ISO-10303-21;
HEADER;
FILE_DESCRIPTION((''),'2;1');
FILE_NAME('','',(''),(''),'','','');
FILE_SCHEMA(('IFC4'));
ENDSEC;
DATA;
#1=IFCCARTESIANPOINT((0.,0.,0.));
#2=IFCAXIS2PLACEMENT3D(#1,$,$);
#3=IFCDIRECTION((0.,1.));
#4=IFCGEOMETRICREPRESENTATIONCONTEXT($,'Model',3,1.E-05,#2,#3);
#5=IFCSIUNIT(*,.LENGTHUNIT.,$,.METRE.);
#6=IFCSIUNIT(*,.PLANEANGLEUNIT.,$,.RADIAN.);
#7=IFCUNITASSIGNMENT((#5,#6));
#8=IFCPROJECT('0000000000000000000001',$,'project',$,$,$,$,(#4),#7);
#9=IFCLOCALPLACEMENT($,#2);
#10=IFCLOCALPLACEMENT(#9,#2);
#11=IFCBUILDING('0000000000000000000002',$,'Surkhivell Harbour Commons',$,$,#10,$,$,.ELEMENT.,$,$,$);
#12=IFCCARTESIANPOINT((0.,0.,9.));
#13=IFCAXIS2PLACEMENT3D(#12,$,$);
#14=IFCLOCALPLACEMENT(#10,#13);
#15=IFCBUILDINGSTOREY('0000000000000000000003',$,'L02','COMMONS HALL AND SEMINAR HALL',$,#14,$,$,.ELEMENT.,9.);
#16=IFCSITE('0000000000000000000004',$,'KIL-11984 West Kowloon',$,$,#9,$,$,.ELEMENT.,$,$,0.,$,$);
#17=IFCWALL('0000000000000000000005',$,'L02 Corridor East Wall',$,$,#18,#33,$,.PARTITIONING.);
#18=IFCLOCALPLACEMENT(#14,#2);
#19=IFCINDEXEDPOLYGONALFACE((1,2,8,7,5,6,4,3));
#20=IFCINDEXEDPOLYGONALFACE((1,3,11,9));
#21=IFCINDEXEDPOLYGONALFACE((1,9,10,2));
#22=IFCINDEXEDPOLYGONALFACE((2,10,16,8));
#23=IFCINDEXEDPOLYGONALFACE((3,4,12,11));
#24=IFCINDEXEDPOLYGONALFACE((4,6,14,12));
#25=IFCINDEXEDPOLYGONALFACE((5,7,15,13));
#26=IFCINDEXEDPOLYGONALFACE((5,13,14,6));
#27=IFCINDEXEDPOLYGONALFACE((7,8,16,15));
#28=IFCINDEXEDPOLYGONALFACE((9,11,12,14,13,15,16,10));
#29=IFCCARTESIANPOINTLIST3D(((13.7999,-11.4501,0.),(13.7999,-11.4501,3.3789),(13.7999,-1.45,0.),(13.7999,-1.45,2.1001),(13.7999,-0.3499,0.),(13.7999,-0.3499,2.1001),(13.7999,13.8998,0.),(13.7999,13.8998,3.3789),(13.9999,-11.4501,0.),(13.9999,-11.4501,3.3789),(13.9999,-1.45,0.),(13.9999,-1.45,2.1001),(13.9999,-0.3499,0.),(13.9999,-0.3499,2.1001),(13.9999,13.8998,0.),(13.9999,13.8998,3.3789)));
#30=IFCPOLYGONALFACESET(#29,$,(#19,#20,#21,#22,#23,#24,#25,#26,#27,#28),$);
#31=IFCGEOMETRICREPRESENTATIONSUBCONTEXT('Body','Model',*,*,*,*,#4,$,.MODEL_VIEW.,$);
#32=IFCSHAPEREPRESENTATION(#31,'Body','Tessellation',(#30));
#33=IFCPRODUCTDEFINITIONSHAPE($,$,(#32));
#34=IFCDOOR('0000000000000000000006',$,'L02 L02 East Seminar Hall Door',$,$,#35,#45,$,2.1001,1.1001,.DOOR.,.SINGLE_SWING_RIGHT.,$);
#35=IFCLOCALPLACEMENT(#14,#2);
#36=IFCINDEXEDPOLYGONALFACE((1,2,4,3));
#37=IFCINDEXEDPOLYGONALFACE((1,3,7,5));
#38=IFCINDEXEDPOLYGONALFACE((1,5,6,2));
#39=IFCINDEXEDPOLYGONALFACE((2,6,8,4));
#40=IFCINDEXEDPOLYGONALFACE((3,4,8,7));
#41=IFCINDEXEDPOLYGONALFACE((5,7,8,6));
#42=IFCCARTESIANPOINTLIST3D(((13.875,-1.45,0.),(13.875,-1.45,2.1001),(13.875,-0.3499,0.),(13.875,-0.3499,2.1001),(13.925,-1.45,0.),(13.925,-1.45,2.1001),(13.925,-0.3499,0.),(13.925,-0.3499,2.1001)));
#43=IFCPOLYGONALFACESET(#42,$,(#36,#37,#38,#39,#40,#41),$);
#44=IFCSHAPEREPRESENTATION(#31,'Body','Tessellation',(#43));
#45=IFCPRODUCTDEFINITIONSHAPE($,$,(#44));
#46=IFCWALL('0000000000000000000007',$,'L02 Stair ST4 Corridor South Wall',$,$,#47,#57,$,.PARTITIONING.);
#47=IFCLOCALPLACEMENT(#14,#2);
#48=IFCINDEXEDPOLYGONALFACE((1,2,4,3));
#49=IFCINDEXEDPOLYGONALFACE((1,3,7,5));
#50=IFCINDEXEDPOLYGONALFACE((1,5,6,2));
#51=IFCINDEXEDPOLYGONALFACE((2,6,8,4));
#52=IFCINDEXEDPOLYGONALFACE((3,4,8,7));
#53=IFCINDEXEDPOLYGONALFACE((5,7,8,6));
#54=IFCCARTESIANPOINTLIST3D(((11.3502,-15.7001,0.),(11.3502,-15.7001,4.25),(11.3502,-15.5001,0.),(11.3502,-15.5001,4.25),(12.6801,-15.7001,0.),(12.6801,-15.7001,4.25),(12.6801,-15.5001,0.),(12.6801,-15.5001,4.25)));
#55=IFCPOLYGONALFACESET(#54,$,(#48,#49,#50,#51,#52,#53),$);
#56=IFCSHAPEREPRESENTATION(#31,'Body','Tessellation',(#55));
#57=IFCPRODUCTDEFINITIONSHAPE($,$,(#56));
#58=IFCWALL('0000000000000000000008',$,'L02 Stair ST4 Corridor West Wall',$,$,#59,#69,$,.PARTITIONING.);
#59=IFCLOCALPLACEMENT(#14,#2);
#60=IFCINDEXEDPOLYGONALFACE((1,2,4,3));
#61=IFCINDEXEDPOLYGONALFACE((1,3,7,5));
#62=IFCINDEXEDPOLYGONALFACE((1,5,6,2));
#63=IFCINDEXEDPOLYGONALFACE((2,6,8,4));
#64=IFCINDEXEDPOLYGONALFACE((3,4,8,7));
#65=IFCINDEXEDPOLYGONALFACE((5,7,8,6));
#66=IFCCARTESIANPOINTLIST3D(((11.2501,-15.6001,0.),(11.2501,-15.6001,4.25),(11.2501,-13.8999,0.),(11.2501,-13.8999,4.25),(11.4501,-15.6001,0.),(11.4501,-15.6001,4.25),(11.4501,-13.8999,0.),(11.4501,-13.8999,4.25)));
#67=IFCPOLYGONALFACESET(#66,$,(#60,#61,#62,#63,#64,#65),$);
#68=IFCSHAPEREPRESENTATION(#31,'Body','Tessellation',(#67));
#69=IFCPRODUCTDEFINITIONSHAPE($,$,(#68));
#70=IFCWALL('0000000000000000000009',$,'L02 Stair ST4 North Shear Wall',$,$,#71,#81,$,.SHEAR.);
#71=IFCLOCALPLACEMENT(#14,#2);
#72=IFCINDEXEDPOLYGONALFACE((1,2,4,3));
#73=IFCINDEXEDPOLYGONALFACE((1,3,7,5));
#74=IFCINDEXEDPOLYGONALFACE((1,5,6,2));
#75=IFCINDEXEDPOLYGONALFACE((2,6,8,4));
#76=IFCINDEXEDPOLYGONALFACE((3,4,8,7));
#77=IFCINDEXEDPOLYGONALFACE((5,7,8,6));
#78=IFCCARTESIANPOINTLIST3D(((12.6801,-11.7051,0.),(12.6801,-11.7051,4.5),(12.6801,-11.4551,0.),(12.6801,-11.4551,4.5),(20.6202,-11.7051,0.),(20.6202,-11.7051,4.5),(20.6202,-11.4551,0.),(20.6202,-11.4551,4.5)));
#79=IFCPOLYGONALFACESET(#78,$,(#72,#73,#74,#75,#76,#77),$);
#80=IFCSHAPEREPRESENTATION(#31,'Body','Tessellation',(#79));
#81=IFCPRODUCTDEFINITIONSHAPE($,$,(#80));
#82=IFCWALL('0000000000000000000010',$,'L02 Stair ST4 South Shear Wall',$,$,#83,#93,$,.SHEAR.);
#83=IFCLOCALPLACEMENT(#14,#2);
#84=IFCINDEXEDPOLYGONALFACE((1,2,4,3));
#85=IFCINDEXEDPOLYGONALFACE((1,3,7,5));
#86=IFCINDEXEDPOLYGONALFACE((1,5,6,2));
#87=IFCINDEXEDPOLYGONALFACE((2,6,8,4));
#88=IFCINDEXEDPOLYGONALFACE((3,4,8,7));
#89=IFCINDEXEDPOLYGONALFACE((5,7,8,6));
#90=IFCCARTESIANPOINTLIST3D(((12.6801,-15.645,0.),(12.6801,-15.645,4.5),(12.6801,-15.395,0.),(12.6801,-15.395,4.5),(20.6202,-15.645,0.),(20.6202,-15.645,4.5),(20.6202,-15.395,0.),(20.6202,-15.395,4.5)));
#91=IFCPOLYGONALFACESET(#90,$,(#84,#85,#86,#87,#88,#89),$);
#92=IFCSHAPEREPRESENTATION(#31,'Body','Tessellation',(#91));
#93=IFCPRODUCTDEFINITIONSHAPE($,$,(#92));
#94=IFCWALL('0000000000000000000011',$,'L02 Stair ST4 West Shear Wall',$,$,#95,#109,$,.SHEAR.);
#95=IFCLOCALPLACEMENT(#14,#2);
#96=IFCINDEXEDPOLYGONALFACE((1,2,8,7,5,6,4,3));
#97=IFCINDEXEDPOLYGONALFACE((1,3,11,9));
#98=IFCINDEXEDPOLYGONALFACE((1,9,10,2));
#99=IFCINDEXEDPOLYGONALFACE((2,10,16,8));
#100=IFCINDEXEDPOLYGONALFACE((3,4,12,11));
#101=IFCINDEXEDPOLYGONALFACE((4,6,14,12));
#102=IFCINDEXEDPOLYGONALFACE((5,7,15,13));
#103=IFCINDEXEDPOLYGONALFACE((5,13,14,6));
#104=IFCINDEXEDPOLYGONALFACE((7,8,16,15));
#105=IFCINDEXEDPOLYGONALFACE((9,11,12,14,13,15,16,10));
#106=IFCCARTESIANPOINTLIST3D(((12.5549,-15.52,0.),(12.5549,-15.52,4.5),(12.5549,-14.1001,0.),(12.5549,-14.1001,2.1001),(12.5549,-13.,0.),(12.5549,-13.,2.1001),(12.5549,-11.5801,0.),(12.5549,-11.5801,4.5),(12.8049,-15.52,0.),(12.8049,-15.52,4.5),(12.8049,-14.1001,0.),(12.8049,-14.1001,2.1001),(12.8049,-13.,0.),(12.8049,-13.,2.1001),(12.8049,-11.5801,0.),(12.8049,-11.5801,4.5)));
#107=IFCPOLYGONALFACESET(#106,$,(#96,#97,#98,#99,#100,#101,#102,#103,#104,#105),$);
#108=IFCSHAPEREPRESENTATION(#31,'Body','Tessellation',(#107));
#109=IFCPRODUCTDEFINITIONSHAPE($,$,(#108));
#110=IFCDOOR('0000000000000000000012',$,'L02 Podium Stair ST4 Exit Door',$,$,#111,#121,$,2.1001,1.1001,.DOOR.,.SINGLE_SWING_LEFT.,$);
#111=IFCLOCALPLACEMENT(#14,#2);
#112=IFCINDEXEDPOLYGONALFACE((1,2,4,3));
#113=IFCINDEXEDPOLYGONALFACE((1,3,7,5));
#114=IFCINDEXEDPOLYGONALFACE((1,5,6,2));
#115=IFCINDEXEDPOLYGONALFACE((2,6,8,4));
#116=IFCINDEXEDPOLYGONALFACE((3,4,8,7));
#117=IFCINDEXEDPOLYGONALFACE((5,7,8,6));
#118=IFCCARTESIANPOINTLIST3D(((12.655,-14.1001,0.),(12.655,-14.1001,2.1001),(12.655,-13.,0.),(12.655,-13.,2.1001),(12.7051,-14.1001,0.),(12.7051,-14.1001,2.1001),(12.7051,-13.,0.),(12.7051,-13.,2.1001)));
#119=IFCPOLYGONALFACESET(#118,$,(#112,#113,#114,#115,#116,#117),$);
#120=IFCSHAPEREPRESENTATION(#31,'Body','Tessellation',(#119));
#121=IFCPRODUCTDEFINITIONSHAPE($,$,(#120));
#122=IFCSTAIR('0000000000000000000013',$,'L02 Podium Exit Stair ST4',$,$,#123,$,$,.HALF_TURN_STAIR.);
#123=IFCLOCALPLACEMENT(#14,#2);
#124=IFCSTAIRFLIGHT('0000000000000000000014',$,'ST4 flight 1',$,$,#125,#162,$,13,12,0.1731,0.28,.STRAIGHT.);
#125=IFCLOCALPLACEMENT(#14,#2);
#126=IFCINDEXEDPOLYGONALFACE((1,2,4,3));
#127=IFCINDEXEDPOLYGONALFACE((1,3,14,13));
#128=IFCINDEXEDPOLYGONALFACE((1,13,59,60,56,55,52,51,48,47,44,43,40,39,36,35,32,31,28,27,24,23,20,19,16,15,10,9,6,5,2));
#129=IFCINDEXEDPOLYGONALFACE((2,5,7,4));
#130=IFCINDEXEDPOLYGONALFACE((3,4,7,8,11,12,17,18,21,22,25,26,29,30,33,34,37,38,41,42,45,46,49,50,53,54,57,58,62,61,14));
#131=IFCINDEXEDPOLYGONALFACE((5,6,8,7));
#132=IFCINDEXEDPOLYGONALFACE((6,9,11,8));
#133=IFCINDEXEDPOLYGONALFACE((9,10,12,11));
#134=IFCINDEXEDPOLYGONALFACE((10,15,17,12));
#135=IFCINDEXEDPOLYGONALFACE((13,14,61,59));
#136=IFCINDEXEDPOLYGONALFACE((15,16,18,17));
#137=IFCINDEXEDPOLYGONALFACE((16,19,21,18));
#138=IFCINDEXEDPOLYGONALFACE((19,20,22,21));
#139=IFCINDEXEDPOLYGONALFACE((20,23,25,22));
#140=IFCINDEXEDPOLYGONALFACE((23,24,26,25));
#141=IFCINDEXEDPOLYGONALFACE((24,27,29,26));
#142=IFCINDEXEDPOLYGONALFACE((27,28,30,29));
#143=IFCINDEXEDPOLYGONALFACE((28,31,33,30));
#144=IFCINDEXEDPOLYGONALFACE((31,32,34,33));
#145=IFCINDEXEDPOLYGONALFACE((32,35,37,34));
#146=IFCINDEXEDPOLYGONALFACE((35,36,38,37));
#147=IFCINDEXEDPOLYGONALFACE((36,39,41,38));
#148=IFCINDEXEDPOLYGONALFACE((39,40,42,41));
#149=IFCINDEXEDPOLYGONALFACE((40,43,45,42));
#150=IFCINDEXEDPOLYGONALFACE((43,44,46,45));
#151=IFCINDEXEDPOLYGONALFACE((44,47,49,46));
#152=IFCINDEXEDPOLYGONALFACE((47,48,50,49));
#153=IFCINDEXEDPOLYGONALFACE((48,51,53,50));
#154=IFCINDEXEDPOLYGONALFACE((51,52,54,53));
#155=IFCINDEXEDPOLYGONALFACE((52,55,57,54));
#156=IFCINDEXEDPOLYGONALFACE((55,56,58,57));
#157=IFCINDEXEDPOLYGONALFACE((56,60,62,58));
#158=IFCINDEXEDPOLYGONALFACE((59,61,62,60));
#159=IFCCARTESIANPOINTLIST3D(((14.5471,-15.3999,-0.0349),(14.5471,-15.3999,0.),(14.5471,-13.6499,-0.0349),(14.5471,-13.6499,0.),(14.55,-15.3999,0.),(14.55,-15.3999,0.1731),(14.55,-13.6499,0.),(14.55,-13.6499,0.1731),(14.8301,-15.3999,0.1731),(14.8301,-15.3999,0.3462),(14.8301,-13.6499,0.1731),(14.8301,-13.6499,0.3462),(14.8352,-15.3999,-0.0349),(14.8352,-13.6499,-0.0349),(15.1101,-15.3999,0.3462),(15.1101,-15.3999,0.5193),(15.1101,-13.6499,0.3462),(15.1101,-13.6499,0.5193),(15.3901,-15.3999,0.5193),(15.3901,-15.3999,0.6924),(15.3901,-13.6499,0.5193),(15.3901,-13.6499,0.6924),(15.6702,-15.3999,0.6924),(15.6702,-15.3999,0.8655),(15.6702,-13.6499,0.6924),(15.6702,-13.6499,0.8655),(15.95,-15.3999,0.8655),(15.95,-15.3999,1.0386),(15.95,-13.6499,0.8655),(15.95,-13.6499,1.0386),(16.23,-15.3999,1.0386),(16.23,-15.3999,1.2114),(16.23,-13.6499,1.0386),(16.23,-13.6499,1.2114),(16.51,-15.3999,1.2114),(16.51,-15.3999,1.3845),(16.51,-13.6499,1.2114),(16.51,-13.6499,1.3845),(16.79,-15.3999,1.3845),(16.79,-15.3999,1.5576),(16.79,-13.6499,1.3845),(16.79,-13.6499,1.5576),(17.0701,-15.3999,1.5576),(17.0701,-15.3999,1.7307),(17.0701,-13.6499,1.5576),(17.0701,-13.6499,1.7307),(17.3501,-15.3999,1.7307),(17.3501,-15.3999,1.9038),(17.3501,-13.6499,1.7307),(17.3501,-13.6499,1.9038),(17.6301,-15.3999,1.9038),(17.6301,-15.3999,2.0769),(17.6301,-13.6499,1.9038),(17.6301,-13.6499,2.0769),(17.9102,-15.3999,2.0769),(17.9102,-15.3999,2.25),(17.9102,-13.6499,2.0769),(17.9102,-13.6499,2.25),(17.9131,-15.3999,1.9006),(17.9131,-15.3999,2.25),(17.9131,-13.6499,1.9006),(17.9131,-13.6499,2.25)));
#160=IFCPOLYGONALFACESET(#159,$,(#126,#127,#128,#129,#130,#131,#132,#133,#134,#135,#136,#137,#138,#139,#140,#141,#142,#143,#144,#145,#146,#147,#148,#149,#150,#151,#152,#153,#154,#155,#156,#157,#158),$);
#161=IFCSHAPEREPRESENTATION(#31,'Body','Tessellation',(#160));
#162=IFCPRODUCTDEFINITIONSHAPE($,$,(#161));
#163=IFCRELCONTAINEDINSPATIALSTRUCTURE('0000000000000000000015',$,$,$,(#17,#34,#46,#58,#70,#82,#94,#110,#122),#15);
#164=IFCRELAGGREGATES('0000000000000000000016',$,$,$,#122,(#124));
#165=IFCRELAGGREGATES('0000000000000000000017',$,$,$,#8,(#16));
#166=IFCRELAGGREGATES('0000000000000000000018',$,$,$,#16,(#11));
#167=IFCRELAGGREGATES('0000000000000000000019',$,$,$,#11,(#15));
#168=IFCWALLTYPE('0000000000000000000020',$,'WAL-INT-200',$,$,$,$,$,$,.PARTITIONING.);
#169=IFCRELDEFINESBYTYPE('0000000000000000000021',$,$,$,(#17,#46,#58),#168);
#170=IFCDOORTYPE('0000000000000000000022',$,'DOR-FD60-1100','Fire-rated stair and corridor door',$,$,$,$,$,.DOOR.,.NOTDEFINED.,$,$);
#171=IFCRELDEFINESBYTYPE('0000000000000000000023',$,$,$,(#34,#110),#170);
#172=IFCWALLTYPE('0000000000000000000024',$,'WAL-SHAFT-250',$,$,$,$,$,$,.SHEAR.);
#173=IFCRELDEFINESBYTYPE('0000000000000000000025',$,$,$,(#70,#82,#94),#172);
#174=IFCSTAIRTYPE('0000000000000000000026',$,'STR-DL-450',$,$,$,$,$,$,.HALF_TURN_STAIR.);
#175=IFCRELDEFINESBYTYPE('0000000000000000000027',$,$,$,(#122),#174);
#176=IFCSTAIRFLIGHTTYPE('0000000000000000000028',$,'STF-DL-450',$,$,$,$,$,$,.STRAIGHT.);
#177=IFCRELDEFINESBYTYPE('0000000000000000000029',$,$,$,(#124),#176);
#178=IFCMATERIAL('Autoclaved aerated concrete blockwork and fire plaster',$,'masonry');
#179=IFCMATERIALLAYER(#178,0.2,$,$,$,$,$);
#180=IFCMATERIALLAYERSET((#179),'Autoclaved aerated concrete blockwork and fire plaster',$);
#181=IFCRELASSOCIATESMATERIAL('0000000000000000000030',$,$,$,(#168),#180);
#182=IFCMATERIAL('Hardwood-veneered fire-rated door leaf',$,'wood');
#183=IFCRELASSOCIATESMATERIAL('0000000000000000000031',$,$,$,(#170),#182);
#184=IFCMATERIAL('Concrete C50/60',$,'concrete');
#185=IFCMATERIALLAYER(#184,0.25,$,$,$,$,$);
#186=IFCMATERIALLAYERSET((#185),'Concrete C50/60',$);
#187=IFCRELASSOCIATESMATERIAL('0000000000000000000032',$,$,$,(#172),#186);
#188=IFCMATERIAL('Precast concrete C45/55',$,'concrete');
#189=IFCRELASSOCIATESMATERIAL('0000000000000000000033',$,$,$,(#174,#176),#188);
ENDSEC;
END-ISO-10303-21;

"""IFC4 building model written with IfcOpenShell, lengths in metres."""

from ifc_helpers import new_model, si_unit, direction, frame, frame_2d, origin, place, context, subcontext, project, spatial, polyline, rectangle, outline, extrude, material, layer, layer_set, type_object, element, fill, aggregate, save


model = new_model("IFC4")

# Units and contexts
model_context = context("Model", 3, precision=1e-05, world=origin(), true_north=direction((0.0, 1.0)))
body_context = subcontext(model_context, "Body", "Model", "MODEL_VIEW")
ifc_project = project(units=[si_unit("LENGTHUNIT", "METRE"), si_unit("PLANEANGLEUNIT", "RADIAN")], contexts=[model_context])

# Site, building, storey
site_placement = place(None, origin())
site = spatial("IfcSite", under=ifc_project, at=site_placement, Name="KIL-11984 West Kowloon", CompositionType="ELEMENT", RefElevation=0.0)
building_placement = place(site_placement, origin())
building = spatial("IfcBuilding", under=site, at=building_placement, Name="Surkhivell Harbour Commons", CompositionType="ELEMENT")
storey_placement = place(building_placement, frame((0.0, 0.0, 9.0)))
storey = spatial("IfcBuildingStorey", under=building, at=storey_placement, Name="L02", Description="COMMONS HALL AND SEMINAR HALL", CompositionType="ELEMENT", Elevation=9.0)

# Wall, opening, door
ifc_material_1 = material(Name="Autoclaved aerated concrete blockwork and fire plaster", Category="masonry")
ifc_layer_1 = layer(ifc_material_1, 0.2)
ifc_layer_set_1 = layer_set([ifc_layer_1], Name="Autoclaved aerated concrete blockwork and fire plaster")
wall_type_1 = type_object("IfcWallType", Name="WAL-INT-200", PredefinedType="PARTITIONING", material=ifc_layer_set_1)
wall_1_placement = place(storey_placement, frame((13.8999, -11.45, 0.0), z_axis=(0.0, 0.0, 1.0), x_axis=(0.0, 1.0, 0.0)))
wall_1 = element("IfcWall", 1, at=wall_1_placement, inside=storey, type_object=wall_type_1, Name="L02 Corridor East Wall", PredefinedType="PARTITIONING", context=body_context, shape_type="SweptSolid", body=[
    extrude(rectangle(XDim=25.3499, YDim=0.2, at=frame_2d((12.6748, 0.0))), origin(), (0.0, 0.0, 1.0), 3.3789),
])
opening_1_placement = place(wall_1_placement, frame((10.0, 0.0, 0.0)))
opening_1 = element("IfcOpeningElement", 2, at=opening_1_placement, cuts=wall_1, PredefinedType="OPENING", context=body_context, shape_type="SweptSolid", body=[
    extrude(rectangle(XDim=1.1001, YDim=2.1001, at=frame_2d((0.55, 1.05))), frame((0.0, 0.1099, 0.0), z_axis=(0.0, -1.0, 0.0), x_axis=(1.0, 0.0, 0.0)), (0.0, 0.0, 1.0), 0.22),
])
ifc_material_2 = material(Name="Hardwood-veneered fire-rated door leaf", Category="wood")
door_type = type_object("IfcDoorType", Name="DOR-FD60-1100", Description="Fire-rated stair and corridor door", OperationType="NOTDEFINED", PredefinedType="DOOR", material=ifc_material_2)
door_1_placement = place(opening_1_placement, origin())
door_1 = element("IfcDoor", 3, at=door_1_placement, inside=storey, type_object=door_type, Name="L02 L02 East Seminar Hall Door", OperationType="SINGLE_SWING_RIGHT", OverallHeight=2.1001, OverallWidth=1.1001, PredefinedType="DOOR", context=body_context, shape_type="SweptSolid", body=[
    extrude(rectangle(XDim=1.1001, YDim=2.1001, at=frame_2d((0.55, 1.05))), frame((0.0, 0.0249, 0.0), z_axis=(0.0, -1.0, 0.0), x_axis=(1.0, 0.0, 0.0)), (0.0, 0.0, 1.0), 0.05),
])
fill(opening_1, door_1)

# Walls
wall_2_placement = place(storey_placement, frame((11.3501, -15.6001, 0.0), z_axis=(0.0, 0.0, 1.0), x_axis=(1.0, 0.0, 0.0)))
element("IfcWall", 4, at=wall_2_placement, inside=storey, type_object=wall_type_1, Name="L02 Stair ST4 Corridor South Wall", PredefinedType="PARTITIONING", context=body_context, shape_type="SweptSolid", body=[
    extrude(rectangle(XDim=1.3298, YDim=0.2, at=frame_2d((0.665, 0.0))), origin(), (0.0, 0.0, 1.0), 4.25),
])
wall_3_placement = place(storey_placement, frame((11.3501, -15.6001, 0.0), z_axis=(0.0, 0.0, 1.0), x_axis=(0.0, 1.0, 0.0)))
element("IfcWall", 5, at=wall_3_placement, inside=storey, type_object=wall_type_1, Name="L02 Stair ST4 Corridor West Wall", PredefinedType="PARTITIONING", context=body_context, shape_type="SweptSolid", body=[
    extrude(rectangle(XDim=1.7002, YDim=0.2, at=frame_2d((0.8501, 0.0))), origin(), (0.0, 0.0, 1.0), 4.25),
])
ifc_material_3 = material(Name="Concrete C50/60", Category="concrete")
ifc_layer_2 = layer(ifc_material_3, 0.25)
ifc_layer_set_2 = layer_set([ifc_layer_2], Name="Concrete C50/60")
wall_type_2 = type_object("IfcWallType", Name="WAL-SHAFT-250", PredefinedType="SHEAR", material=ifc_layer_set_2)
for number, where, z_axis, x_axis, name in (
    (6, (12.6799, -11.5801, 0.0), (0.0, 0.0, 1.0), (1.0, 0.0, 0.0), "L02 Stair ST4 North Shear Wall"),
    (7, (12.6799, -15.52, 0.0), (0.0, 0.0, 1.0), (1.0, 0.0, 0.0), "L02 Stair ST4 South Shear Wall"),
):
    element("IfcWall", number, at=place(storey_placement, frame(where, z_axis=z_axis, x_axis=x_axis)), inside=storey, type_object=wall_type_2, Name=name, PredefinedType="SHEAR", context=body_context, shape_type="SweptSolid", body=[
        extrude(rectangle(XDim=7.9402, YDim=0.25, at=frame_2d((3.9702, 0.0))), origin(), (0.0, 0.0, 1.0), 4.5),
    ])

# Wall, opening, door
wall_4_placement = place(storey_placement, frame((12.6799, -15.52, 0.0), z_axis=(0.0, 0.0, 1.0), x_axis=(0.0, 1.0, 0.0)))
wall_4 = element("IfcWall", 8, at=wall_4_placement, inside=storey, type_object=wall_type_2, Name="L02 Stair ST4 West Shear Wall", PredefinedType="SHEAR", context=body_context, shape_type="SweptSolid", body=[
    extrude(rectangle(XDim=3.9399, YDim=0.25, at=frame_2d((1.97, 0.0))), origin(), (0.0, 0.0, 1.0), 4.5),
])
opening_2_placement = place(wall_4_placement, frame((1.4199, 0.0, 0.0)))
opening_2 = element("IfcOpeningElement", 9, at=opening_2_placement, cuts=wall_4, PredefinedType="OPENING", context=body_context, shape_type="SweptSolid", body=[
    extrude(rectangle(XDim=1.1001, YDim=2.1001, at=frame_2d((0.55, 1.05))), frame((0.0, 0.135, 0.0), z_axis=(0.0, -1.0, 0.0), x_axis=(1.0, 0.0, 0.0)), (0.0, 0.0, 1.0), 0.27),
])
door_2_placement = place(opening_2_placement, origin())
door_2 = element("IfcDoor", 10, at=door_2_placement, inside=storey, type_object=door_type, Name="L02 Podium Stair ST4 Exit Door", OperationType="SINGLE_SWING_LEFT", OverallHeight=2.1001, OverallWidth=1.1001, PredefinedType="DOOR", context=body_context, shape_type="SweptSolid", body=[
    extrude(rectangle(XDim=1.1001, YDim=2.1001, at=frame_2d((0.55, 1.05))), frame((0.0, 0.0249, 0.0), z_axis=(0.0, -1.0, 0.0), x_axis=(1.0, 0.0, 0.0)), (0.0, 0.0, 1.0), 0.05),
])
fill(opening_2, door_2)

# Stair, stair flight
ifc_material_4 = material(Name="Precast concrete C45/55", Category="concrete")
stair_type = type_object("IfcStairType", Name="STR-DL-450", PredefinedType="HALF_TURN_STAIR", material=ifc_material_4)
stair_placement = place(storey_placement, origin())
stair = element("IfcStair", 11, at=stair_placement, inside=storey, type_object=stair_type, Name="L02 Podium Exit Stair ST4", PredefinedType="HALF_TURN_STAIR")
stair_flight_type = type_object("IfcStairFlightType", Name="STF-DL-450", PredefinedType="STRAIGHT", material=ifc_material_4)
stair_flight_placement = place(storey_placement, frame((14.55, -14.5249, 0.0), z_axis=(0.0, 0.0, 1.0), x_axis=(1.0, 0.0, 0.0)))
stair_flight = element("IfcStairFlight", 12, at=stair_flight_placement, type_object=stair_flight_type, Name="ST4 flight 1", NumberOfRisers=13, NumberOfTreads=12, PredefinedType="STRAIGHT", RiserHeight=0.1731, TreadLength=0.28, context=body_context, shape_type="SweptSolid", body=[
    extrude(outline(polyline([(-0.0029, -0.0349), (-0.0029, 0.0), (0.0, 0.0), (0.0, 0.1731), (0.28, 0.1731), (0.28, 0.3462), (0.5601, 0.3462), (0.5601, 0.5193), (0.8401, 0.5193), (0.8401, 0.6924), (1.1201, 0.6924), (1.1201, 0.8655), (1.3999, 0.8655), (1.3999, 1.0386), (1.6799, 1.0386), (1.6799, 1.2114), (1.96, 1.2114), (1.96, 1.3845), (2.24, 1.3845), (2.24, 1.5576), (2.52, 1.5576), (2.52, 1.7307), (2.8, 1.7307), (2.8, 1.9038), (3.0801, 1.9038), (3.0801, 2.0769), (3.3601, 2.0769), (3.3601, 2.25), (3.363, 2.25), (3.363, 1.9006), (0.2852, -0.0349), (-0.0029, -0.0349)])), frame((0.0, 0.875, 0.0), z_axis=(0.0, -1.0, 0.0), x_axis=(1.0, 0.0, 0.0)), (0.0, 0.0, 1.0), 1.75),
])
aggregate(stair, [stair_flight])

save(model, "model.ifc")
